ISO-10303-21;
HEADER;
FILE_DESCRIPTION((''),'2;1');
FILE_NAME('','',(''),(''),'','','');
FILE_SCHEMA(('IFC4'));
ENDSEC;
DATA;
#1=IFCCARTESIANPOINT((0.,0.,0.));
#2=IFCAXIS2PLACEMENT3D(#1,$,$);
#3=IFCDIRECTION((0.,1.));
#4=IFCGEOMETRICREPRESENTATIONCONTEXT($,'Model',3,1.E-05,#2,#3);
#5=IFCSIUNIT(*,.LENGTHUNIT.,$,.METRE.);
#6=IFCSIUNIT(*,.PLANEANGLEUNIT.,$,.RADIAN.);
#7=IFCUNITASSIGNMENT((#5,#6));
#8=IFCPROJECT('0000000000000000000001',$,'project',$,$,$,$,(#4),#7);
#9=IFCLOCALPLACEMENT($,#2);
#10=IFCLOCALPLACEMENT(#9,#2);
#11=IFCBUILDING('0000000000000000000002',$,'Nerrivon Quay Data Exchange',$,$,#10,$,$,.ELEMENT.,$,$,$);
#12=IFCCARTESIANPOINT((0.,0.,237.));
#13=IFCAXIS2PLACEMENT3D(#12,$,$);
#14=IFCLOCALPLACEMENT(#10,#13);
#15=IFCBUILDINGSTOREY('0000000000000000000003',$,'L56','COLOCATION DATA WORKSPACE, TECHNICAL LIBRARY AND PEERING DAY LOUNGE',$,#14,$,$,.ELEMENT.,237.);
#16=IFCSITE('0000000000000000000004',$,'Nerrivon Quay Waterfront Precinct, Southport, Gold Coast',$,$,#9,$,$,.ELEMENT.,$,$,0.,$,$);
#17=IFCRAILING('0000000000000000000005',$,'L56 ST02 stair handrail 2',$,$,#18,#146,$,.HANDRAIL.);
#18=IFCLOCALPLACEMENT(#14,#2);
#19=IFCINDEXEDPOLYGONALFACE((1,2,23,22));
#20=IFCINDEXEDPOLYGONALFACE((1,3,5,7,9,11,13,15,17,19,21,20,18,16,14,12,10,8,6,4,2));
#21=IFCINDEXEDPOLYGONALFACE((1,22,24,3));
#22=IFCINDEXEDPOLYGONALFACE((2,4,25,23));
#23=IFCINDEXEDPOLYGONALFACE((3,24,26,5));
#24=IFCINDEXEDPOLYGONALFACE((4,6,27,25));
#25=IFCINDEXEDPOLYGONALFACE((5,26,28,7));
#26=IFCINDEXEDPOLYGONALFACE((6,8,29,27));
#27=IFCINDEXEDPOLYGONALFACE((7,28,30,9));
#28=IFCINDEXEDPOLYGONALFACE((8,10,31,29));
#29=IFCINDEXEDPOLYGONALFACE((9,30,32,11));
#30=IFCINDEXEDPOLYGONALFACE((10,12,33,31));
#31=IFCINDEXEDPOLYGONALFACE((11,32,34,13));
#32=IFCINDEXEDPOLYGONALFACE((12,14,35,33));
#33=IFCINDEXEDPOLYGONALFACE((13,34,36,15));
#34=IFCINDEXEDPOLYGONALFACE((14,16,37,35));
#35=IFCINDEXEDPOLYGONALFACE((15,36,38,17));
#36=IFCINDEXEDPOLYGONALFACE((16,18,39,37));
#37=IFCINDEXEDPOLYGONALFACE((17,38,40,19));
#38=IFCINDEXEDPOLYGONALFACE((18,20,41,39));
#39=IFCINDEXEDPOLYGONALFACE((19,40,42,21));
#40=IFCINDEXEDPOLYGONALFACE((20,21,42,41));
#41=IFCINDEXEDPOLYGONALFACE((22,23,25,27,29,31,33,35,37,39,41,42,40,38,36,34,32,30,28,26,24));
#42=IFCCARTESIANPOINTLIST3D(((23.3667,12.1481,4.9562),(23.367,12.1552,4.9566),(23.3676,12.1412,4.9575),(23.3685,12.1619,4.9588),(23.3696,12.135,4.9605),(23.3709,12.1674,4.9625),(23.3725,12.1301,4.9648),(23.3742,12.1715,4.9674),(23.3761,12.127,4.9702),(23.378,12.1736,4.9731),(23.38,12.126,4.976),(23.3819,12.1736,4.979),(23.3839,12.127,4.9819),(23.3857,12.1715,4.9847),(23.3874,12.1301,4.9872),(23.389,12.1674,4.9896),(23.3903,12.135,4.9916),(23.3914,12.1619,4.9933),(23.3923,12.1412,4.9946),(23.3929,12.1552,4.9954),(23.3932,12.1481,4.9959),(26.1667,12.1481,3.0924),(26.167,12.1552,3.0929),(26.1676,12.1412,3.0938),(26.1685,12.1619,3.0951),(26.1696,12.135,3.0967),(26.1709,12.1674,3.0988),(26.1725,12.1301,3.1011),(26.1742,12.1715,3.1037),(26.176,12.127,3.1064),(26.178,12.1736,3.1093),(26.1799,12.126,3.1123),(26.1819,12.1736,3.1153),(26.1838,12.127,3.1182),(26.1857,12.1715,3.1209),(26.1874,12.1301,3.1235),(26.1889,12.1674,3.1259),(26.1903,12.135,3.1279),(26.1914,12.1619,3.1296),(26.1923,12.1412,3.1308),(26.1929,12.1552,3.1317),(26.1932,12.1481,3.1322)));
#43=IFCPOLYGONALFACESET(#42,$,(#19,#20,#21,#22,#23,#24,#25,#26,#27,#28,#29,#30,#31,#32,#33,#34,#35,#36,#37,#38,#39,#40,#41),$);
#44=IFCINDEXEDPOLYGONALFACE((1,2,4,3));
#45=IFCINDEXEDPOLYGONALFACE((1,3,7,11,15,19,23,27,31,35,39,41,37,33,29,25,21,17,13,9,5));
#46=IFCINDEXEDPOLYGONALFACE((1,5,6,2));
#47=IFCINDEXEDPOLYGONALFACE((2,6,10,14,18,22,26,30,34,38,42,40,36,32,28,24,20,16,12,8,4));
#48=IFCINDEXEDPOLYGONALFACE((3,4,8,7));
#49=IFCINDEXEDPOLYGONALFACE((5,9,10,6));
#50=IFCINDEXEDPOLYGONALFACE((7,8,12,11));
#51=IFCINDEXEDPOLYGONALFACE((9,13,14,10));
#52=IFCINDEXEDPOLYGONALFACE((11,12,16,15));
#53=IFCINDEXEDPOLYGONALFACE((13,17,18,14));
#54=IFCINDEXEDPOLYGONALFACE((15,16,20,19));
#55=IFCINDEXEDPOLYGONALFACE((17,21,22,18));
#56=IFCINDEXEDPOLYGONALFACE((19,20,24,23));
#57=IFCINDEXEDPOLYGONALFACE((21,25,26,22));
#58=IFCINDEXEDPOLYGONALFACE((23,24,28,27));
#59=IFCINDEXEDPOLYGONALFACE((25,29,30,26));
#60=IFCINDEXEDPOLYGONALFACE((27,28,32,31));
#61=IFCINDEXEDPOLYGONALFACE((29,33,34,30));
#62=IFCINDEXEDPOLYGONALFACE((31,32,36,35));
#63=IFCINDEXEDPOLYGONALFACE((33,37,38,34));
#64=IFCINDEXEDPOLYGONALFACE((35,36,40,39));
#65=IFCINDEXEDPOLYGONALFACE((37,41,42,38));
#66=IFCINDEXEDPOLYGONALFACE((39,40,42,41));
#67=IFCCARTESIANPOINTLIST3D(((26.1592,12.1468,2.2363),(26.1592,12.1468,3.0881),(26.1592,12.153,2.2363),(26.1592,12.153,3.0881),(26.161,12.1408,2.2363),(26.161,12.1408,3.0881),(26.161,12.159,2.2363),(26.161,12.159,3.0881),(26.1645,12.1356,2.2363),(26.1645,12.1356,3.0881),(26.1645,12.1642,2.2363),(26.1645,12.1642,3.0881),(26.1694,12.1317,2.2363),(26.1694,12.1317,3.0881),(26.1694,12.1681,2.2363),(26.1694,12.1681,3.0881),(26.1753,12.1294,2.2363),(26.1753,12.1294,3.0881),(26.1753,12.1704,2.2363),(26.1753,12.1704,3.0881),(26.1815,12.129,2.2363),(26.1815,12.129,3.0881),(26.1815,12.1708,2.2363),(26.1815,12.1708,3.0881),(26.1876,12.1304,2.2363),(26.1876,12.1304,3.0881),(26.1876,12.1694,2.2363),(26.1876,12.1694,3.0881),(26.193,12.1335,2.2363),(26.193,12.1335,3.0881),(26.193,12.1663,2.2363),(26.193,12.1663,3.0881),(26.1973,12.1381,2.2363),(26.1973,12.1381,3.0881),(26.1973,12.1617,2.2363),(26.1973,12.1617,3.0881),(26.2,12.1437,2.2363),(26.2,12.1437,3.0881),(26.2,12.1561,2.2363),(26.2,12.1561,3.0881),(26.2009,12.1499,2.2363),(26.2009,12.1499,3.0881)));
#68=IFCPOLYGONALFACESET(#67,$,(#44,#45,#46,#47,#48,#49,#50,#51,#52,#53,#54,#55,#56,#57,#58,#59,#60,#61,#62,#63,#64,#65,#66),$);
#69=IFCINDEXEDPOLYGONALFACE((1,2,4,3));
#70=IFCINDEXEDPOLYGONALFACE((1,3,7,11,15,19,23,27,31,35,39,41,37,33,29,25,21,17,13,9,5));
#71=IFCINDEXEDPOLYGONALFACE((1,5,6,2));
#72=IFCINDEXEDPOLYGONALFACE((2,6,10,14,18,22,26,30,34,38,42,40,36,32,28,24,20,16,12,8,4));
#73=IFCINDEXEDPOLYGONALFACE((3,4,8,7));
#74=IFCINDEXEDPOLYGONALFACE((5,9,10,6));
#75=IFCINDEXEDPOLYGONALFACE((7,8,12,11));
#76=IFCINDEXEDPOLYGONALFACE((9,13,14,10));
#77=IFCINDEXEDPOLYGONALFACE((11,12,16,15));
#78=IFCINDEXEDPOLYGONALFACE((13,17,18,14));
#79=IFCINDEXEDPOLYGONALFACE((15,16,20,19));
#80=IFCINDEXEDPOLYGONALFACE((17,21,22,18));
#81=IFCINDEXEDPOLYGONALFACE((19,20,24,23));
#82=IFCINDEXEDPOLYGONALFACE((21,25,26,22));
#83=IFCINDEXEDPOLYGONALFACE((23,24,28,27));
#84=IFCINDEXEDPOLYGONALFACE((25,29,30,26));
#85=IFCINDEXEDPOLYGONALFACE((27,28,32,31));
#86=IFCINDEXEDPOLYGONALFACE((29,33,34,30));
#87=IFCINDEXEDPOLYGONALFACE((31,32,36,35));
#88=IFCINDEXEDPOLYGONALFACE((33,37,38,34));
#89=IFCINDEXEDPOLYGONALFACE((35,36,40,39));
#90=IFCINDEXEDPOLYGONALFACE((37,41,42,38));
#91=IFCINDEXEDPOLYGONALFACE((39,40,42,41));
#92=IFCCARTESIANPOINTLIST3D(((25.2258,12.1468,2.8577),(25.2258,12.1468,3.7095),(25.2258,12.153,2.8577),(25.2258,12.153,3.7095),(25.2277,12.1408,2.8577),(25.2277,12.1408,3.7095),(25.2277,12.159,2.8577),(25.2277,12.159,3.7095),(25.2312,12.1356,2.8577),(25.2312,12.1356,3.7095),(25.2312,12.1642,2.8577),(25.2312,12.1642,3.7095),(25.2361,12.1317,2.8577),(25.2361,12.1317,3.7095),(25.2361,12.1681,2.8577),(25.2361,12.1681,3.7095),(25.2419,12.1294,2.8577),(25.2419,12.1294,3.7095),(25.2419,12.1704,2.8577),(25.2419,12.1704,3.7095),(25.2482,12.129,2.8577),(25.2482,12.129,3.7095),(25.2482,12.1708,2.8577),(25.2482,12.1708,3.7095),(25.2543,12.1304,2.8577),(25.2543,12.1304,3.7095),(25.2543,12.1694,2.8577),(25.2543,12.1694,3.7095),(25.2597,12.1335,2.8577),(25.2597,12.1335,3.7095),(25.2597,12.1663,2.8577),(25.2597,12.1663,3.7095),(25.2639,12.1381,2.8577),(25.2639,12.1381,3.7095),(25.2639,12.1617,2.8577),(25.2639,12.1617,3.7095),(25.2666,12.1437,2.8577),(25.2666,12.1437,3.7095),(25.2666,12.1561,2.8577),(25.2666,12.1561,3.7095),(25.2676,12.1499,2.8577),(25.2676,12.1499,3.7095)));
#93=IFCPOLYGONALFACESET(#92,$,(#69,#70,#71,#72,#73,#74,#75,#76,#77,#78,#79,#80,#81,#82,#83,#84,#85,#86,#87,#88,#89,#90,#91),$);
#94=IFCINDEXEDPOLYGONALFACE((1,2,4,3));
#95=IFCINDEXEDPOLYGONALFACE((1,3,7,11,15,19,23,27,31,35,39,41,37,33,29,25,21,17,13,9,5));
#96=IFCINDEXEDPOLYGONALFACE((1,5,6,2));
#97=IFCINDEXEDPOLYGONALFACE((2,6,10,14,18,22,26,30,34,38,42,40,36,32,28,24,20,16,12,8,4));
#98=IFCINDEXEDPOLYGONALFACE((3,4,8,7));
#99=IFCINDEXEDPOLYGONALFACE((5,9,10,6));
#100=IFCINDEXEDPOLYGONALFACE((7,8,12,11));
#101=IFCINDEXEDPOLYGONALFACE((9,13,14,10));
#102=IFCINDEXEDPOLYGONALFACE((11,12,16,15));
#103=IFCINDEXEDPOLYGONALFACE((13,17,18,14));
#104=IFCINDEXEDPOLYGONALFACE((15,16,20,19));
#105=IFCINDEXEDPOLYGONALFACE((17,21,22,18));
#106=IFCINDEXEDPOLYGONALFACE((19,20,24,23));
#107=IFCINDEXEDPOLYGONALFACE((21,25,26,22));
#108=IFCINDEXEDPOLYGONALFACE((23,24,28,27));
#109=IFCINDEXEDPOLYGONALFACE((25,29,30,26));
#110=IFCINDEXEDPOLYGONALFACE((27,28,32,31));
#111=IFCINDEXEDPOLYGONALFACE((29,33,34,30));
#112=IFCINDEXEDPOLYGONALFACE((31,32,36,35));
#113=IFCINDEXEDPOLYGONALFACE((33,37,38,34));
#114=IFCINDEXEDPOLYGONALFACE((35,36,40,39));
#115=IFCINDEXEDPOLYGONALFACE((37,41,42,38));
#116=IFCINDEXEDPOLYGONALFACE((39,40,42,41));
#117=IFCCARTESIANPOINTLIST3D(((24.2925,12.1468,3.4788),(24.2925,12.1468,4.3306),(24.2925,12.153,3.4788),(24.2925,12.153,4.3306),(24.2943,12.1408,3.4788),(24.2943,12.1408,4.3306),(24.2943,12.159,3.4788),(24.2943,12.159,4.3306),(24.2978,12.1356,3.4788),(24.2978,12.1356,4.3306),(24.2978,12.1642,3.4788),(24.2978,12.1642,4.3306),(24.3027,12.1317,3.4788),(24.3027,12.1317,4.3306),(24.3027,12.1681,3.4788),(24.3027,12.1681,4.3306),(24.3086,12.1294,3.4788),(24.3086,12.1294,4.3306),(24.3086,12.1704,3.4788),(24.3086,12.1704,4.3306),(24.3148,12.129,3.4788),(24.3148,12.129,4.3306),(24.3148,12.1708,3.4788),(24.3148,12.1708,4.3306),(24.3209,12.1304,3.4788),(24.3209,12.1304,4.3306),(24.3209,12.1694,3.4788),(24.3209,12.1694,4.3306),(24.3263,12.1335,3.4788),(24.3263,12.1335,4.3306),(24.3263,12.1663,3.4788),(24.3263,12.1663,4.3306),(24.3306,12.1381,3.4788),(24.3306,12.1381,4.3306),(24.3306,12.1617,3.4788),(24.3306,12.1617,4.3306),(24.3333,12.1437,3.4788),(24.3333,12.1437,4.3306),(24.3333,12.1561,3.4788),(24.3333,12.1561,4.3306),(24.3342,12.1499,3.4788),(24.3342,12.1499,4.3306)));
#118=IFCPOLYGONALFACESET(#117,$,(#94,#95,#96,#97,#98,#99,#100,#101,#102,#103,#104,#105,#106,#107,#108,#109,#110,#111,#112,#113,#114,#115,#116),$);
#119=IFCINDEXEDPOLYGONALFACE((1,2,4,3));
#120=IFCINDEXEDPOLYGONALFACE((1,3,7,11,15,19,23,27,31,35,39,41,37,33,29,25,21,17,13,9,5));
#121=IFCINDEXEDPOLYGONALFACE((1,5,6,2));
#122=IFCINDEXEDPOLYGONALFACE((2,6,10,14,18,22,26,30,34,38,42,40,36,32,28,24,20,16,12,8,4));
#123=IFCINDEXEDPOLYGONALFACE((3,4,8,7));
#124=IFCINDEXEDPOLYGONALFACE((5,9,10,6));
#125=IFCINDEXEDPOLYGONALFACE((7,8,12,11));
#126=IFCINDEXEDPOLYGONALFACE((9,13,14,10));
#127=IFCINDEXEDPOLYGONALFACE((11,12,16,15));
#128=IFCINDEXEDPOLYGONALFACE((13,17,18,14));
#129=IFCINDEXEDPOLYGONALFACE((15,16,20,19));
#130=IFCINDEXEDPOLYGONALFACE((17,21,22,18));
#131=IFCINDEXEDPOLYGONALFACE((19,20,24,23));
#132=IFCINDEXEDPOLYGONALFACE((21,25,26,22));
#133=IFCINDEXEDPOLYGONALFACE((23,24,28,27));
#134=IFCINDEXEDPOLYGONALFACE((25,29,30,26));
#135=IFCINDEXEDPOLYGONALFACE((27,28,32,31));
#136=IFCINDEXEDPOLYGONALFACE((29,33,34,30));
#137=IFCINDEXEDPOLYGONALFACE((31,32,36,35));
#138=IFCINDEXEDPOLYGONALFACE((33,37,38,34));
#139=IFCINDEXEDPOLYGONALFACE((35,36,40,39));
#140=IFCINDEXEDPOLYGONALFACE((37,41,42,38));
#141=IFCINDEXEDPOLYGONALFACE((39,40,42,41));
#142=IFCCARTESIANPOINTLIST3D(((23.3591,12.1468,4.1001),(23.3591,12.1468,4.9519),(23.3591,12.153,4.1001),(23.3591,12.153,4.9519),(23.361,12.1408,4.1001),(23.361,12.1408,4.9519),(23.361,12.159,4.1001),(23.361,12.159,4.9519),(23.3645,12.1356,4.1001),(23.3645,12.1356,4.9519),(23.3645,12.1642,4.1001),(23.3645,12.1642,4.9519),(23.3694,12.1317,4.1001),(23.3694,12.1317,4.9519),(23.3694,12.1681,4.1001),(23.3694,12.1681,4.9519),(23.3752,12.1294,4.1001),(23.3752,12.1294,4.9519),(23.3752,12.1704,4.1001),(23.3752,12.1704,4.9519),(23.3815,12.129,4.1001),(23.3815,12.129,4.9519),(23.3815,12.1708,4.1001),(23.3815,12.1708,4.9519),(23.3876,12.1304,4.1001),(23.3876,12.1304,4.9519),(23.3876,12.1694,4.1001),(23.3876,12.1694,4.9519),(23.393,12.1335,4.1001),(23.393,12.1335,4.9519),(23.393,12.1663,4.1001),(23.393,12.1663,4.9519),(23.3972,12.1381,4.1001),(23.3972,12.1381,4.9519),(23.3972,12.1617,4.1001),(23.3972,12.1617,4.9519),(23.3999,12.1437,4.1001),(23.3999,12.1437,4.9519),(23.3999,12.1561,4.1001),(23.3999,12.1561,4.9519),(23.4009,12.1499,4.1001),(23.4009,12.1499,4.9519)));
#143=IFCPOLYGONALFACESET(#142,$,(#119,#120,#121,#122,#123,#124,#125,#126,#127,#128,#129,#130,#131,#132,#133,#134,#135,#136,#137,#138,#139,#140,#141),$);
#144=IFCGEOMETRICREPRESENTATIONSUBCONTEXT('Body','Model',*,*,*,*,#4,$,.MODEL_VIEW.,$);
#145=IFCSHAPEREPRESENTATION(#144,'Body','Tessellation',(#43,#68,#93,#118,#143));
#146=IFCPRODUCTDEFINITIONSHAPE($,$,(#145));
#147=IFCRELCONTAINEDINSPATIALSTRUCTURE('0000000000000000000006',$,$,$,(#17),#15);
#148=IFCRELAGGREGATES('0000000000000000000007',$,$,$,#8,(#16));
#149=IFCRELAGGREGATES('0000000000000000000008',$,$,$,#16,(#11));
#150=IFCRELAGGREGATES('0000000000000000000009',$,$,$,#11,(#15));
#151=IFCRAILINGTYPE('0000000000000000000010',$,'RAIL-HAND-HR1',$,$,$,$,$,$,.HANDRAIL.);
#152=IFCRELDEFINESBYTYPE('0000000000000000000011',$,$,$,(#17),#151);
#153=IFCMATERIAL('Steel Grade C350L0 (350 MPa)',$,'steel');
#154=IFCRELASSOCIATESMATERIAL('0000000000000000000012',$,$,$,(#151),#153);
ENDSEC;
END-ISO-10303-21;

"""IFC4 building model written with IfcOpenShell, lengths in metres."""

from ifc_helpers import new_model, si_unit, direction, frame, origin, origin_2d, place, context, subcontext, project, spatial, circle, extrude, material, type_object, element, save


model = new_model("IFC4")

# Units and contexts
model_context = context("Model", 3, precision=1e-05, world=origin(), true_north=direction((0.0, 1.0)))
body_context = subcontext(model_context, "Body", "Model", "MODEL_VIEW")
ifc_project = project(units=[si_unit("LENGTHUNIT", "METRE"), si_unit("PLANEANGLEUNIT", "RADIAN")], contexts=[model_context])

# Site, building, storey
site_placement = place(None, origin())
site = spatial("IfcSite", under=ifc_project, at=site_placement, Name="Nerrivon Quay Waterfront Precinct, Southport, Gold Coast", CompositionType="ELEMENT", RefElevation=0.0)
building_placement = place(site_placement, origin())
building = spatial("IfcBuilding", under=site, at=building_placement, Name="Nerrivon Quay Data Exchange", CompositionType="ELEMENT")
storey_placement = place(building_placement, frame((0.0, 0.0, 237.0)))
storey = spatial("IfcBuildingStorey", under=building, at=storey_placement, Name="L56", Description="COLOCATION DATA WORKSPACE, TECHNICAL LIBRARY AND PEERING DAY LOUNGE", CompositionType="ELEMENT", Elevation=237.0)

# Railing
ifc_material_1 = material(Name="Steel Grade C350L0 (350 MPa)", Category="steel")
railing_type_1 = type_object("IfcRailingType", Name="RAIL-HAND-HR1", PredefinedType="HANDRAIL", material=ifc_material_1)
railing_1_placement = place(storey_placement, frame((26.1799, 12.1499, 2.2363)))
element("IfcRailing", 1, at=railing_1_placement, inside=storey, type_object=railing_type_1, Name="L56 ST02 stair handrail 2", PredefinedType="HANDRAIL", context=body_context, shape_type="SweptSolid", body=[
    extrude(circle(Radius=0.0239, at=origin_2d()), frame((0.0, 0.0, 0.876), z_axis=(-0.832452, 0.0, 0.554097), x_axis=(0.0, -1.0, 0.0)), (0.0, 0.0, 1.0), 3.3635),
    extrude(circle(Radius=0.021, at=origin_2d()), origin(), (0.0, 0.0, 1.0), 0.8518),
    extrude(circle(Radius=0.021, at=origin_2d()), frame((-0.9333, 0.0, 0.6213)), (0.0, 0.0, 1.0), 0.8518),
    extrude(circle(Radius=0.021, at=origin_2d()), frame((-1.8667, 0.0, 1.2424)), (0.0, 0.0, 1.0), 0.8518),
    extrude(circle(Radius=0.021, at=origin_2d()), frame((-2.8, 0.0, 1.8638)), (0.0, 0.0, 1.0), 0.8518),
])

save(model, "model.ifc")
